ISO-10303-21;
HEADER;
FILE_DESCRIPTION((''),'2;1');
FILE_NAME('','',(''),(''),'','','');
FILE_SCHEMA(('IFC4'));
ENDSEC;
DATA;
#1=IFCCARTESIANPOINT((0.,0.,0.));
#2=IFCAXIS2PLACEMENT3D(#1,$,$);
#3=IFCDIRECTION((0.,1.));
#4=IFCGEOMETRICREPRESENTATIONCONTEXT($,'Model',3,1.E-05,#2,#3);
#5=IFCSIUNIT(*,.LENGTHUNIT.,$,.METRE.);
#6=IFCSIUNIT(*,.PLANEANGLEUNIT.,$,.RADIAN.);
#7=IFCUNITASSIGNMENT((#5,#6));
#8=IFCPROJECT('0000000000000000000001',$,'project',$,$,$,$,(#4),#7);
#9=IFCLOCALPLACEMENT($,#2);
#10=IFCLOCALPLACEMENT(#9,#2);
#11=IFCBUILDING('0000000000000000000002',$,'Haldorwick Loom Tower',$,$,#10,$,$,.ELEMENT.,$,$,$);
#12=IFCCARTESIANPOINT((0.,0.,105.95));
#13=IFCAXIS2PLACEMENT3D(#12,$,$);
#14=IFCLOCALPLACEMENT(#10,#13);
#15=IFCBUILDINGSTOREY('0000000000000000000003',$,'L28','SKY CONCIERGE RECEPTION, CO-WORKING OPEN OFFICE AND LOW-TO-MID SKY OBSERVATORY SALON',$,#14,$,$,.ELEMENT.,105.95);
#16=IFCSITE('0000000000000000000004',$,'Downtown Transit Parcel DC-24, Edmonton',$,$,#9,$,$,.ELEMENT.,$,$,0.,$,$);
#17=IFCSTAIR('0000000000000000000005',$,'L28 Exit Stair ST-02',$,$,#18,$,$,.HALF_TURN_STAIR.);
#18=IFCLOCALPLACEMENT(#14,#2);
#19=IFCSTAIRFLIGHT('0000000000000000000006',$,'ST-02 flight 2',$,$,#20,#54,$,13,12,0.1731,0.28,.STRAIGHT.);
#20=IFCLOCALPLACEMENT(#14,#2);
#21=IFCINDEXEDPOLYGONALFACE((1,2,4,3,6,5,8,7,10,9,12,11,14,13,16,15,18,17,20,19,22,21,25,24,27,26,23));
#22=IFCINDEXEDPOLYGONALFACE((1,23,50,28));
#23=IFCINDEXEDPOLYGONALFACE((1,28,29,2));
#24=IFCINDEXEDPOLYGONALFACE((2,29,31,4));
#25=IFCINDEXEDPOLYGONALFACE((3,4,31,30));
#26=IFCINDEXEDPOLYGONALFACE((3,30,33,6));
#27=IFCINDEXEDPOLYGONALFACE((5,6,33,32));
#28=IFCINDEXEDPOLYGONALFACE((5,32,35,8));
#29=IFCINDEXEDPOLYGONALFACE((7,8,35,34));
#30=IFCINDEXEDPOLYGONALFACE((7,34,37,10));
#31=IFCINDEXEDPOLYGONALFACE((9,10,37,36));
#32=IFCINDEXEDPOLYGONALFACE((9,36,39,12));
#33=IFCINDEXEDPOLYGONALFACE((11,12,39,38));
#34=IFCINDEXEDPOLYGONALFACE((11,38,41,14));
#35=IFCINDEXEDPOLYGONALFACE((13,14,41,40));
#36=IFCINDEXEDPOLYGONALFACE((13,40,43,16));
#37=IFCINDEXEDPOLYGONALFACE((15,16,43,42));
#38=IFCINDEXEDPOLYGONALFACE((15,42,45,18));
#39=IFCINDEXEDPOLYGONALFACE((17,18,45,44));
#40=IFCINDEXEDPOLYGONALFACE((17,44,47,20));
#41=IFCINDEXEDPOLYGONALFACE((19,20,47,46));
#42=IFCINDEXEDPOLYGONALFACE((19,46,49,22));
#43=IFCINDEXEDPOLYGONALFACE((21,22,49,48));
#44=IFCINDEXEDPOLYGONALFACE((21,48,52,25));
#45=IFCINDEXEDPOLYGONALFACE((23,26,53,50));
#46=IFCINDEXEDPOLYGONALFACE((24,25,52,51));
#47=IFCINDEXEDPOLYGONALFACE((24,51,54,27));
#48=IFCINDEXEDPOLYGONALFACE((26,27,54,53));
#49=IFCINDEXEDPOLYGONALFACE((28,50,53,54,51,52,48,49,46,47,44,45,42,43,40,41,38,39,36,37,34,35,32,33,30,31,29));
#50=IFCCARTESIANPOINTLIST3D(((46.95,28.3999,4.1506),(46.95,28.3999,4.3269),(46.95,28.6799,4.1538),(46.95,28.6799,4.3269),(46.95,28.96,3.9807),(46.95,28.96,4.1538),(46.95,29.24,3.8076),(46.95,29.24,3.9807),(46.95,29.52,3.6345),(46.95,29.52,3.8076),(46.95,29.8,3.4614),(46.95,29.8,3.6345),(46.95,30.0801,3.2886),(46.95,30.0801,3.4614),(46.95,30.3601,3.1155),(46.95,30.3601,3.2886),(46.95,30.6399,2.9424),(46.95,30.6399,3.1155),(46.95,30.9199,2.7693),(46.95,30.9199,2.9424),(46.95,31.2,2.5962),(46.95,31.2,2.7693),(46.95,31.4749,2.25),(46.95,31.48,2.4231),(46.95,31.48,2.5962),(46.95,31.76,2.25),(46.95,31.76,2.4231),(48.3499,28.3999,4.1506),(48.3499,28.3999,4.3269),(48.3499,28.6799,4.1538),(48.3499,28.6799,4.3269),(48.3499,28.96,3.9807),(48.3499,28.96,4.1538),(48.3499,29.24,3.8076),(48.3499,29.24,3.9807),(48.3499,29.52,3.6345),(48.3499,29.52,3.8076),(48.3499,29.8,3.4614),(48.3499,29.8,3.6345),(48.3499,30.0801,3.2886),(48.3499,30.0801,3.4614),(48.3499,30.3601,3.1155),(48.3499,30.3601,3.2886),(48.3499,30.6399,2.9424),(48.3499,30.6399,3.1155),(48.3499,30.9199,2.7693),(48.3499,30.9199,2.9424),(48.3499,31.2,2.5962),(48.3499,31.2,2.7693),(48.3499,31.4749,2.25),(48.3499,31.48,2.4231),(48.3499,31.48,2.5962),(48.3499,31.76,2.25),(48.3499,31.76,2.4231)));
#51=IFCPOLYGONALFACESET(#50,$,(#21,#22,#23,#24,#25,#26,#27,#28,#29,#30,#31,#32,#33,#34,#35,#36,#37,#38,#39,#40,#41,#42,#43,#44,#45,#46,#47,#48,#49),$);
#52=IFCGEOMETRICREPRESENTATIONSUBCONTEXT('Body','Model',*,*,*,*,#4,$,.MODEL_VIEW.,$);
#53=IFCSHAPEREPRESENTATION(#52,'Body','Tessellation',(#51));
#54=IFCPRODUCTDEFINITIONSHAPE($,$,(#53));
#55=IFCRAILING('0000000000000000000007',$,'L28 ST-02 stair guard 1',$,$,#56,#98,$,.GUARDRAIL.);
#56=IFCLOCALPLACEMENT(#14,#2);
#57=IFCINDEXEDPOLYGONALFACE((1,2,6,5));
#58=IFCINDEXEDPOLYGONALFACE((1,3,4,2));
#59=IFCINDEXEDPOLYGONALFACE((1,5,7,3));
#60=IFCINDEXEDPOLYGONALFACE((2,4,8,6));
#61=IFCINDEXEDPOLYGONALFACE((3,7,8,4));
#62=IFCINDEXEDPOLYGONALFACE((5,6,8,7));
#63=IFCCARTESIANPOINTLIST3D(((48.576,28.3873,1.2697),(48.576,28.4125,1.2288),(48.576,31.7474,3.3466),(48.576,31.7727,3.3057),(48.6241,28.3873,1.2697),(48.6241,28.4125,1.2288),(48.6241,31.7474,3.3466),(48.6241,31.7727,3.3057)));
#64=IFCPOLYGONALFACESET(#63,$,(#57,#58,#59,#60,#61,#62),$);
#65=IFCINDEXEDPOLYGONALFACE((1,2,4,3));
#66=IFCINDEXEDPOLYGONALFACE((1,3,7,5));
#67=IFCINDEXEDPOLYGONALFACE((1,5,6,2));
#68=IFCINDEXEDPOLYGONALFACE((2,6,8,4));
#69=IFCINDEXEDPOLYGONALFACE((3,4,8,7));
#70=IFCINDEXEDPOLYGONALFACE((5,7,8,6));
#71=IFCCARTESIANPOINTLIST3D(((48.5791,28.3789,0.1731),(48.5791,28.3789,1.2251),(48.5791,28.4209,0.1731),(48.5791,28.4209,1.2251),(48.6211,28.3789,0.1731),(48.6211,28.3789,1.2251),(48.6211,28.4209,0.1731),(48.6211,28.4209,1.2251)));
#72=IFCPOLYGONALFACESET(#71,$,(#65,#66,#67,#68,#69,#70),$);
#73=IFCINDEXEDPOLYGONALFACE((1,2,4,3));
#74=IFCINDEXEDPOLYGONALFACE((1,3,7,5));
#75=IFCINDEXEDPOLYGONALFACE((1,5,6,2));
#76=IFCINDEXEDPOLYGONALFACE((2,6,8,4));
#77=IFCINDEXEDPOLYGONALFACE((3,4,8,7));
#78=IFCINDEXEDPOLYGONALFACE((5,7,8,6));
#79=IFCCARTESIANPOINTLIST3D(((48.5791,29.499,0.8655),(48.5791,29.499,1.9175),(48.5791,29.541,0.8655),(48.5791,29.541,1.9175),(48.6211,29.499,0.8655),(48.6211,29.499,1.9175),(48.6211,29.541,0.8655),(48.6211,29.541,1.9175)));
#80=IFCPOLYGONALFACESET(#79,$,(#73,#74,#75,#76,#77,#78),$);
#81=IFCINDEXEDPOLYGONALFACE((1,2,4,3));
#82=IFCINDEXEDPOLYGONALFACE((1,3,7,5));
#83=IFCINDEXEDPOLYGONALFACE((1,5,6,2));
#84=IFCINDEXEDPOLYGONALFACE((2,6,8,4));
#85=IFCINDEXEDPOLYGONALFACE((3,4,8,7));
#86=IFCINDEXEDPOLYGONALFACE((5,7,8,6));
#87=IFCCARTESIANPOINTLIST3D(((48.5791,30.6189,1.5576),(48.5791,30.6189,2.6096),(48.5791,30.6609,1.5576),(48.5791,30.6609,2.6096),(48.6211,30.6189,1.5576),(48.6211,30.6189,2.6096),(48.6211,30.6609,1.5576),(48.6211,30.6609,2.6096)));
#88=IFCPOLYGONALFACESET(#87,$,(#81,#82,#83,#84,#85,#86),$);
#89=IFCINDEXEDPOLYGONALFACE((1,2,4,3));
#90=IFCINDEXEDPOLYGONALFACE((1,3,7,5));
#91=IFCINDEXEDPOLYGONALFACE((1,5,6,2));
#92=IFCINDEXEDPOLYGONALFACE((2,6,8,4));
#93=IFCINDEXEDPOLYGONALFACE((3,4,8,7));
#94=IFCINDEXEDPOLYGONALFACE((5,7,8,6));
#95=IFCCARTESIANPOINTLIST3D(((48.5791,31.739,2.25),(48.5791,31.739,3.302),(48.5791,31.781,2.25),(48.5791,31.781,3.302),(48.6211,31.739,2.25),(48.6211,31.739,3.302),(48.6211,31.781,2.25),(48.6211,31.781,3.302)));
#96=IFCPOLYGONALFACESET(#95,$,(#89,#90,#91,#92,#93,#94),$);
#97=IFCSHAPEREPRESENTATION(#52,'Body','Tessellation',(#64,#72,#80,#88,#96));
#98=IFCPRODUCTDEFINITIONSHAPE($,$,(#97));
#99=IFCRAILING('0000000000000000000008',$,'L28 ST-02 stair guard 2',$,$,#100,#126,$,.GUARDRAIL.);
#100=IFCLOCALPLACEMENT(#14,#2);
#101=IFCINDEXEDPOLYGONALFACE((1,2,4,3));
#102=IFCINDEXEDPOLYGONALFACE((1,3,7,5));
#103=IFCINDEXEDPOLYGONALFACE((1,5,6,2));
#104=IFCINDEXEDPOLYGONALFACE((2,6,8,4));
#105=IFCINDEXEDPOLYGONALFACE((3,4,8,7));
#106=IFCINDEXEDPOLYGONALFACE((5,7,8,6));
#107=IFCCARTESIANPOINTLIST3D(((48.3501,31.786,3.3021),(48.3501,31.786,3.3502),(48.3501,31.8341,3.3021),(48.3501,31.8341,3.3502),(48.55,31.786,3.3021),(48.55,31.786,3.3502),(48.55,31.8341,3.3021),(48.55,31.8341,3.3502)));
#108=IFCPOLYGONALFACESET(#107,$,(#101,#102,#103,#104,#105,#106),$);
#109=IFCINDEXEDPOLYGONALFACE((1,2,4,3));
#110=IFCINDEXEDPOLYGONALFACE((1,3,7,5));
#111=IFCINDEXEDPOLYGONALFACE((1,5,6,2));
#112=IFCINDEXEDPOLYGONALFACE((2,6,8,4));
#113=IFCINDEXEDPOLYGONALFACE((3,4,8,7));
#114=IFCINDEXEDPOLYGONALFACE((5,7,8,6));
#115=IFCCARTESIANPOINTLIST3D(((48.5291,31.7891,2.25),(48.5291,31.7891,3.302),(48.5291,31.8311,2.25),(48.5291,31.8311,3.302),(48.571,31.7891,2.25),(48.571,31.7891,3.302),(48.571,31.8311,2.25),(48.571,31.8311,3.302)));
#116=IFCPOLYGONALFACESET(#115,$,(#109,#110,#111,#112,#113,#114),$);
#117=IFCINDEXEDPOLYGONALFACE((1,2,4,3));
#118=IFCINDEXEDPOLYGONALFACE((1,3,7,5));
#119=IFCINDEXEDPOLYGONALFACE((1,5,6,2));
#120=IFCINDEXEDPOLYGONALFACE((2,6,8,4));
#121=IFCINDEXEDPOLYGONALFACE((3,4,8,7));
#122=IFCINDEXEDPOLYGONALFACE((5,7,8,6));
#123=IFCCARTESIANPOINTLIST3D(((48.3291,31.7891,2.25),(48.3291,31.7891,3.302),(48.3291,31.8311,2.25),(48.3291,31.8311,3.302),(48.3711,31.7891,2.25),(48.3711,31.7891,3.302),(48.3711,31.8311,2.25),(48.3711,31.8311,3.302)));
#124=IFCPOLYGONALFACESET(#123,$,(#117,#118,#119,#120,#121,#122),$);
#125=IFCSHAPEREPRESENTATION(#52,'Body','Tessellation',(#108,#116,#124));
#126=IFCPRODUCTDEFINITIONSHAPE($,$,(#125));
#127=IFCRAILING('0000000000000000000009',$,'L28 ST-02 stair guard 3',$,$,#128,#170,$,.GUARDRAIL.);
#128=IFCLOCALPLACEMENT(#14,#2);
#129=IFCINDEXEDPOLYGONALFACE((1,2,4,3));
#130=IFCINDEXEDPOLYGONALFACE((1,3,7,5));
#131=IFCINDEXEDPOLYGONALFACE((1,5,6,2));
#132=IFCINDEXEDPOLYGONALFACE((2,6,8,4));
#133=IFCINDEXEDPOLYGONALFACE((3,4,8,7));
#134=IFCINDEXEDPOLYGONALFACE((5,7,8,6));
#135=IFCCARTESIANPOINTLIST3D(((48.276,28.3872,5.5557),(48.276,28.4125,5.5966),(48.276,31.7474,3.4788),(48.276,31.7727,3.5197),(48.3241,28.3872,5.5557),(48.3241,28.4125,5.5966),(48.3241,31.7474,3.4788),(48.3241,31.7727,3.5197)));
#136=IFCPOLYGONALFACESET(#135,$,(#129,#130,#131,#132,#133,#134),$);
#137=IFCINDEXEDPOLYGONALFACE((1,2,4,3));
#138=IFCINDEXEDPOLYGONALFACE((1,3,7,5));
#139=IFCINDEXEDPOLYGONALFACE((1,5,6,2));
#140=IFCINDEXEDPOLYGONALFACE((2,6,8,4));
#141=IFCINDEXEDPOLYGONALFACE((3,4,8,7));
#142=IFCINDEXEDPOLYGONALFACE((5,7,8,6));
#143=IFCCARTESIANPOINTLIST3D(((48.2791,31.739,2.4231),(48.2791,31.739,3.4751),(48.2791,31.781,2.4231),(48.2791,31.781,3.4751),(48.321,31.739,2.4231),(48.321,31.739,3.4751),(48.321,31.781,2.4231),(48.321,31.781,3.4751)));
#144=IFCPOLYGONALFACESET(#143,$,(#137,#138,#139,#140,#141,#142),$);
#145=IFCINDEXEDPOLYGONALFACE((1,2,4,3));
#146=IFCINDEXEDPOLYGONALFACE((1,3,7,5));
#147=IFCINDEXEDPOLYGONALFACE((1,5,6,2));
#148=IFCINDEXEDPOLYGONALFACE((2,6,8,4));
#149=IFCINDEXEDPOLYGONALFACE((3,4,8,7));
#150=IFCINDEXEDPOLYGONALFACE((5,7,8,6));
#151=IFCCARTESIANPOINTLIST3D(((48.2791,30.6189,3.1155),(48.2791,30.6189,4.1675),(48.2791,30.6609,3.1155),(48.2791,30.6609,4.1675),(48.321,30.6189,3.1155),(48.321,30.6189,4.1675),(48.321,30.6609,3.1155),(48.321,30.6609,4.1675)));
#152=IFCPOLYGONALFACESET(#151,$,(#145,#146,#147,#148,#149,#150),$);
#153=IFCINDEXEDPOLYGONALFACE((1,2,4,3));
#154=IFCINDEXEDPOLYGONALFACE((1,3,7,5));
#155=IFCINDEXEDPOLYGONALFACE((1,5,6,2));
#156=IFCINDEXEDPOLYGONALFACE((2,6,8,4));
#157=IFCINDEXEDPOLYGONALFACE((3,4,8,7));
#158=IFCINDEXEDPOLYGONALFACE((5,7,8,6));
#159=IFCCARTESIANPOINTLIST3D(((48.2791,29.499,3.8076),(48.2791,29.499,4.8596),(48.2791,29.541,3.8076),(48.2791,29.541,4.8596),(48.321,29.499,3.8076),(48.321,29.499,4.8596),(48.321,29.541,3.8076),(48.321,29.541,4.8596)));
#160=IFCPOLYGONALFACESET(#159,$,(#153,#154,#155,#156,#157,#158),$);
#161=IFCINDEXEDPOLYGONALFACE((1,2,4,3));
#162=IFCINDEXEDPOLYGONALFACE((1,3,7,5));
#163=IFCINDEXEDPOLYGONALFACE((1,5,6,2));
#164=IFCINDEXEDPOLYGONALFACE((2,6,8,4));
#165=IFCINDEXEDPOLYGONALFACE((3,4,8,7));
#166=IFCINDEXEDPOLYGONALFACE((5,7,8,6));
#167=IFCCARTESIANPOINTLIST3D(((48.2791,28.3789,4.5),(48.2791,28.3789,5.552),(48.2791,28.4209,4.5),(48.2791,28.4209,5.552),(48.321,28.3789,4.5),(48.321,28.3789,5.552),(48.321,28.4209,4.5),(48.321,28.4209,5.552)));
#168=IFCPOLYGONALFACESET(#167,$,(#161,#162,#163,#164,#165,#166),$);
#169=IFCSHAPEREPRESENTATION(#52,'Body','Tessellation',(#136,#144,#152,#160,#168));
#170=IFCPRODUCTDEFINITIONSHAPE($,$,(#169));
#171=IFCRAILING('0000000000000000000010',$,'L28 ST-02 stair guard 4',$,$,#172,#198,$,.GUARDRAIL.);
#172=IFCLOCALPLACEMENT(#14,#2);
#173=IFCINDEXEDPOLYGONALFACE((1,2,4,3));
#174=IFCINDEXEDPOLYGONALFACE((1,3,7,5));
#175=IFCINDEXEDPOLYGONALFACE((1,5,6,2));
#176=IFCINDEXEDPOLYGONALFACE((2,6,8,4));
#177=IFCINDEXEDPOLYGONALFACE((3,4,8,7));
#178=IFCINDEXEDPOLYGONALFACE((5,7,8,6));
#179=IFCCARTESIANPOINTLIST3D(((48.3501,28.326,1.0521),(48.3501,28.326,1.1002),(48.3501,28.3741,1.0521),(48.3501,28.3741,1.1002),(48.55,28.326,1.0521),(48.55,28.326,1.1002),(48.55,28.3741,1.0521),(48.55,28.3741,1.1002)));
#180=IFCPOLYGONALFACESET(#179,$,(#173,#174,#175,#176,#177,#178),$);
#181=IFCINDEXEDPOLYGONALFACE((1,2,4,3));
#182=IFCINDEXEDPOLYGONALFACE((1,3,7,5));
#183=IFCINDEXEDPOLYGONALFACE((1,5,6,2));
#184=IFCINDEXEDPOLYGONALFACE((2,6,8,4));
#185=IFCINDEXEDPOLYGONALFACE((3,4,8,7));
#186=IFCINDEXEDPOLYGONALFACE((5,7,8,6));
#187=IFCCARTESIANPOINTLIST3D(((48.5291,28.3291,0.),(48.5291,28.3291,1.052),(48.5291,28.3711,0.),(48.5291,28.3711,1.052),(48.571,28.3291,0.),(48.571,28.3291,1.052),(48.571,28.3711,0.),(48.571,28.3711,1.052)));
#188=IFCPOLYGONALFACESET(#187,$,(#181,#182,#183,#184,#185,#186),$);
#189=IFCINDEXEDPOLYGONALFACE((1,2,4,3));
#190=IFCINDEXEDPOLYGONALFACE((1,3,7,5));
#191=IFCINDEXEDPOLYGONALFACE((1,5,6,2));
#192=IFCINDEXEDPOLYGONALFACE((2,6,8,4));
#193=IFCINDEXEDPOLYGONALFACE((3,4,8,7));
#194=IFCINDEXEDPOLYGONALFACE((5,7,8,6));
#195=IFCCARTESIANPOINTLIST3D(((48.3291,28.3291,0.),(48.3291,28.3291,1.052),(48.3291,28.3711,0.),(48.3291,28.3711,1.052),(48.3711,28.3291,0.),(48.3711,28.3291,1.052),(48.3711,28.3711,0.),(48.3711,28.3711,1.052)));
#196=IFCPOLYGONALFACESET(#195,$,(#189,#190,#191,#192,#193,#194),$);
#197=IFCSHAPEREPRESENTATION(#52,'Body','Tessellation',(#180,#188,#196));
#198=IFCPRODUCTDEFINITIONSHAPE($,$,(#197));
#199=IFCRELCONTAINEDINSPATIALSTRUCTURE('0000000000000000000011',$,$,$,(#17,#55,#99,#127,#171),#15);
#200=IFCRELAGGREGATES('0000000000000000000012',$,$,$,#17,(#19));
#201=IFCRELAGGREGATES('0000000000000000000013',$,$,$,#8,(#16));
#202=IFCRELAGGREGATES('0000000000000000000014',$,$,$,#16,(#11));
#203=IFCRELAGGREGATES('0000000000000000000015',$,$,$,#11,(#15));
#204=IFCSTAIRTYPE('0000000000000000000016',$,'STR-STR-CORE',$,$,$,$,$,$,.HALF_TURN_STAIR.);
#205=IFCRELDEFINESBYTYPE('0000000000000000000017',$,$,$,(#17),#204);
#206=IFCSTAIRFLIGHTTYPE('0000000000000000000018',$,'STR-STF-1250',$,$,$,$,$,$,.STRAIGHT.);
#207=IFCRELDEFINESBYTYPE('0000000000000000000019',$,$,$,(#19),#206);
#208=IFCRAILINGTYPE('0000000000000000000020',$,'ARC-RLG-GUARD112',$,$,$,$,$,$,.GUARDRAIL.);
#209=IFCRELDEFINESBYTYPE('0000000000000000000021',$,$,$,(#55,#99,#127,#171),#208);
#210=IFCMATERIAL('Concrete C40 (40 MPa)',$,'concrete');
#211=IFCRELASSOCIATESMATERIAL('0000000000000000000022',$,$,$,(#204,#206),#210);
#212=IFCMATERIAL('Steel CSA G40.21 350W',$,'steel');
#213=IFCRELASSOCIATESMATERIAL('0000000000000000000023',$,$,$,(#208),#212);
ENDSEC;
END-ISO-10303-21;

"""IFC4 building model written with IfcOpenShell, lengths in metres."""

from ifc_helpers import new_model, si_unit, direction, frame, origin, origin_2d, place, context, subcontext, project, spatial, polyline, rectangle, outline, extrude, material, type_object, element, aggregate, save


model = new_model("IFC4")

# Units and contexts
model_context = context("Model", 3, precision=1e-05, world=origin(), true_north=direction((0.0, 1.0)))
body_context = subcontext(model_context, "Body", "Model", "MODEL_VIEW")
ifc_project = project(units=[si_unit("LENGTHUNIT", "METRE"), si_unit("PLANEANGLEUNIT", "RADIAN")], contexts=[model_context])

# Site, building, storey
site_placement = place(None, origin())
site = spatial("IfcSite", under=ifc_project, at=site_placement, Name="Downtown Transit Parcel DC-24, Edmonton", CompositionType="ELEMENT", RefElevation=0.0)
building_placement = place(site_placement, origin())
building = spatial("IfcBuilding", under=site, at=building_placement, Name="Haldorwick Loom Tower", CompositionType="ELEMENT")
storey_placement = place(building_placement, frame((0.0, 0.0, 105.95)))
storey = spatial("IfcBuildingStorey", under=building, at=storey_placement, Name="L28", Description="SKY CONCIERGE RECEPTION, CO-WORKING OPEN OFFICE AND LOW-TO-MID SKY OBSERVATORY SALON", CompositionType="ELEMENT", Elevation=105.95)

# Shared definitions
ifc_material_1 = material(Name="Steel CSA G40.21 350W", Category="steel")

# Stair, stair flight
ifc_material_2 = material(Name="Concrete C40 (40 MPa)", Category="concrete")
stair_type = type_object("IfcStairType", Name="STR-STR-CORE", PredefinedType="HALF_TURN_STAIR", material=ifc_material_2)
stair_placement = place(storey_placement, origin())
stair = element("IfcStair", 1, at=stair_placement, inside=storey, type_object=stair_type, Name="L28 Exit Stair ST-02", PredefinedType="HALF_TURN_STAIR")
stair_flight_type = type_object("IfcStairFlightType", Name="STR-STF-1250", PredefinedType="STRAIGHT", material=ifc_material_2)
stair_flight_1_placement = place(storey_placement, frame((47.6499, 31.76, 2.25), z_axis=(0.0, 0.0, 1.0), x_axis=(0.0, -1.0, 0.0)))
stair_flight_1 = element("IfcStairFlight", 2, at=stair_flight_1_placement, type_object=stair_flight_type, Name="ST-02 flight 2", NumberOfRisers=13, NumberOfTreads=12, PredefinedType="STRAIGHT", RiserHeight=0.1731, TreadLength=0.28, context=body_context, shape_type="SweptSolid", body=[
    extrude(outline(polyline([(0.0, 0.0), (0.0, 0.1731), (0.28, 0.1731), (0.28, 0.3462), (0.5601, 0.3462), (0.5601, 0.5193), (0.8401, 0.5193), (0.8401, 0.6924), (1.1201, 0.6924), (1.1201, 0.8655), (1.3999, 0.8655), (1.3999, 1.0386), (1.6799, 1.0386), (1.6799, 1.2114), (1.96, 1.2114), (1.96, 1.3845), (2.24, 1.3845), (2.24, 1.5576), (2.52, 1.5576), (2.52, 1.7307), (2.8, 1.7307), (2.8, 1.9038), (3.0801, 1.9038), (3.0801, 2.0769), (3.3601, 2.0769), (3.3601, 2.25), (3.3601, 1.9006), (0.2852, 0.0), (0.0, 0.0)])), frame((0.0, 0.7, 0.0), z_axis=(0.0, -1.0, 0.0), x_axis=(1.0, 0.0, 0.0)), (0.0, 0.0, 1.0), 1.3999),
])
aggregate(stair, [stair_flight_1])

# Railings
railing_type_1 = type_object("IfcRailingType", Name="ARC-RLG-GUARD112", PredefinedType="GUARDRAIL", material=ifc_material_1)
railing_1_placement = place(storey_placement, frame((48.6001, 28.3999, 0.1731)))
element("IfcRailing", 3, at=railing_1_placement, inside=storey, type_object=railing_type_1, Name="L28 ST-02 stair guard 1", PredefinedType="GUARDRAIL", context=body_context, shape_type="SweptSolid", body=[
    extrude(rectangle(XDim=0.0481, YDim=0.0481, at=origin_2d()), frame((0.0, 0.0, 1.0762), z_axis=(0.0, 0.850623, 0.525776), x_axis=(-1.0, 0.0, 0.0)), (0.0, 0.0, 1.0), 3.9502),
    extrude(rectangle(XDim=0.042, YDim=0.042, at=origin_2d()), origin(), (0.0, 0.0, 1.0), 1.052),
    extrude(rectangle(XDim=0.042, YDim=0.042, at=origin_2d()), frame((0.0, 1.1201, 0.6924)), (0.0, 0.0, 1.0), 1.052),
    extrude(rectangle(XDim=0.042, YDim=0.042, at=origin_2d()), frame((0.0, 2.24, 1.3845)), (0.0, 0.0, 1.0), 1.052),
    extrude(rectangle(XDim=0.042, YDim=0.042, at=origin_2d()), frame((0.0, 3.3601, 2.0769)), (0.0, 0.0, 1.0), 1.052),
])
railing_2_placement = place(storey_placement, frame((48.55, 31.8101, 2.25)))
element("IfcRailing", 4, at=railing_2_placement, inside=storey, type_object=railing_type_1, Name="L28 ST-02 stair guard 2", PredefinedType="GUARDRAIL", context=body_context, shape_type="SweptSolid", body=[
    extrude(rectangle(XDim=0.0481, YDim=0.0481, at=origin_2d()), frame((0.0, 0.0, 1.0762), z_axis=(-1.0, 0.0, 0.0), x_axis=(0.0, -1.0, 0.0)), (0.0, 0.0, 1.0), 0.2),
    extrude(rectangle(XDim=0.042, YDim=0.042, at=origin_2d()), origin(), (0.0, 0.0, 1.0), 1.052),
    extrude(rectangle(XDim=0.042, YDim=0.042, at=origin_2d()), frame((-0.2, 0.0, 0.0)), (0.0, 0.0, 1.0), 1.052),
])
railing_3_placement = place(storey_placement, frame((48.3, 31.76, 2.4231)))
element("IfcRailing", 5, at=railing_3_placement, inside=storey, type_object=railing_type_1, Name="L28 ST-02 stair guard 3", PredefinedType="GUARDRAIL", context=body_context, shape_type="SweptSolid", body=[
    extrude(rectangle(XDim=0.0481, YDim=0.0481, at=origin_2d()), frame((0.0, 0.0, 1.0762), z_axis=(0.0, -0.850623, 0.525776), x_axis=(1.0, 0.0, 0.0)), (0.0, 0.0, 1.0), 3.9502),
    extrude(rectangle(XDim=0.042, YDim=0.042, at=origin_2d()), origin(), (0.0, 0.0, 1.0), 1.052),
    extrude(rectangle(XDim=0.042, YDim=0.042, at=origin_2d()), frame((0.0, -1.1201, 0.6924)), (0.0, 0.0, 1.0), 1.052),
    extrude(rectangle(XDim=0.042, YDim=0.042, at=origin_2d()), frame((0.0, -2.24, 1.3845)), (0.0, 0.0, 1.0), 1.052),
    extrude(rectangle(XDim=0.042, YDim=0.042, at=origin_2d()), frame((0.0, -3.3601, 2.0769)), (0.0, 0.0, 1.0), 1.052),
])
railing_4_placement = place(storey_placement, frame((48.55, 28.3501, 0.0)))
element("IfcRailing", 6, at=railing_4_placement, inside=storey, type_object=railing_type_1, Name="L28 ST-02 stair guard 4", PredefinedType="GUARDRAIL", context=body_context, shape_type="SweptSolid", body=[
    extrude(rectangle(XDim=0.0481, YDim=0.0481, at=origin_2d()), frame((0.0, 0.0, 1.0762), z_axis=(-1.0, 0.0, 0.0), x_axis=(0.0, -1.0, 0.0)), (0.0, 0.0, 1.0), 0.2),
    extrude(rectangle(XDim=0.042, YDim=0.042, at=origin_2d()), origin(), (0.0, 0.0, 1.0), 1.052),
    extrude(rectangle(XDim=0.042, YDim=0.042, at=origin_2d()), frame((-0.2, 0.0, 0.0)), (0.0, 0.0, 1.0), 1.052),
])

save(model, "model.ifc")
